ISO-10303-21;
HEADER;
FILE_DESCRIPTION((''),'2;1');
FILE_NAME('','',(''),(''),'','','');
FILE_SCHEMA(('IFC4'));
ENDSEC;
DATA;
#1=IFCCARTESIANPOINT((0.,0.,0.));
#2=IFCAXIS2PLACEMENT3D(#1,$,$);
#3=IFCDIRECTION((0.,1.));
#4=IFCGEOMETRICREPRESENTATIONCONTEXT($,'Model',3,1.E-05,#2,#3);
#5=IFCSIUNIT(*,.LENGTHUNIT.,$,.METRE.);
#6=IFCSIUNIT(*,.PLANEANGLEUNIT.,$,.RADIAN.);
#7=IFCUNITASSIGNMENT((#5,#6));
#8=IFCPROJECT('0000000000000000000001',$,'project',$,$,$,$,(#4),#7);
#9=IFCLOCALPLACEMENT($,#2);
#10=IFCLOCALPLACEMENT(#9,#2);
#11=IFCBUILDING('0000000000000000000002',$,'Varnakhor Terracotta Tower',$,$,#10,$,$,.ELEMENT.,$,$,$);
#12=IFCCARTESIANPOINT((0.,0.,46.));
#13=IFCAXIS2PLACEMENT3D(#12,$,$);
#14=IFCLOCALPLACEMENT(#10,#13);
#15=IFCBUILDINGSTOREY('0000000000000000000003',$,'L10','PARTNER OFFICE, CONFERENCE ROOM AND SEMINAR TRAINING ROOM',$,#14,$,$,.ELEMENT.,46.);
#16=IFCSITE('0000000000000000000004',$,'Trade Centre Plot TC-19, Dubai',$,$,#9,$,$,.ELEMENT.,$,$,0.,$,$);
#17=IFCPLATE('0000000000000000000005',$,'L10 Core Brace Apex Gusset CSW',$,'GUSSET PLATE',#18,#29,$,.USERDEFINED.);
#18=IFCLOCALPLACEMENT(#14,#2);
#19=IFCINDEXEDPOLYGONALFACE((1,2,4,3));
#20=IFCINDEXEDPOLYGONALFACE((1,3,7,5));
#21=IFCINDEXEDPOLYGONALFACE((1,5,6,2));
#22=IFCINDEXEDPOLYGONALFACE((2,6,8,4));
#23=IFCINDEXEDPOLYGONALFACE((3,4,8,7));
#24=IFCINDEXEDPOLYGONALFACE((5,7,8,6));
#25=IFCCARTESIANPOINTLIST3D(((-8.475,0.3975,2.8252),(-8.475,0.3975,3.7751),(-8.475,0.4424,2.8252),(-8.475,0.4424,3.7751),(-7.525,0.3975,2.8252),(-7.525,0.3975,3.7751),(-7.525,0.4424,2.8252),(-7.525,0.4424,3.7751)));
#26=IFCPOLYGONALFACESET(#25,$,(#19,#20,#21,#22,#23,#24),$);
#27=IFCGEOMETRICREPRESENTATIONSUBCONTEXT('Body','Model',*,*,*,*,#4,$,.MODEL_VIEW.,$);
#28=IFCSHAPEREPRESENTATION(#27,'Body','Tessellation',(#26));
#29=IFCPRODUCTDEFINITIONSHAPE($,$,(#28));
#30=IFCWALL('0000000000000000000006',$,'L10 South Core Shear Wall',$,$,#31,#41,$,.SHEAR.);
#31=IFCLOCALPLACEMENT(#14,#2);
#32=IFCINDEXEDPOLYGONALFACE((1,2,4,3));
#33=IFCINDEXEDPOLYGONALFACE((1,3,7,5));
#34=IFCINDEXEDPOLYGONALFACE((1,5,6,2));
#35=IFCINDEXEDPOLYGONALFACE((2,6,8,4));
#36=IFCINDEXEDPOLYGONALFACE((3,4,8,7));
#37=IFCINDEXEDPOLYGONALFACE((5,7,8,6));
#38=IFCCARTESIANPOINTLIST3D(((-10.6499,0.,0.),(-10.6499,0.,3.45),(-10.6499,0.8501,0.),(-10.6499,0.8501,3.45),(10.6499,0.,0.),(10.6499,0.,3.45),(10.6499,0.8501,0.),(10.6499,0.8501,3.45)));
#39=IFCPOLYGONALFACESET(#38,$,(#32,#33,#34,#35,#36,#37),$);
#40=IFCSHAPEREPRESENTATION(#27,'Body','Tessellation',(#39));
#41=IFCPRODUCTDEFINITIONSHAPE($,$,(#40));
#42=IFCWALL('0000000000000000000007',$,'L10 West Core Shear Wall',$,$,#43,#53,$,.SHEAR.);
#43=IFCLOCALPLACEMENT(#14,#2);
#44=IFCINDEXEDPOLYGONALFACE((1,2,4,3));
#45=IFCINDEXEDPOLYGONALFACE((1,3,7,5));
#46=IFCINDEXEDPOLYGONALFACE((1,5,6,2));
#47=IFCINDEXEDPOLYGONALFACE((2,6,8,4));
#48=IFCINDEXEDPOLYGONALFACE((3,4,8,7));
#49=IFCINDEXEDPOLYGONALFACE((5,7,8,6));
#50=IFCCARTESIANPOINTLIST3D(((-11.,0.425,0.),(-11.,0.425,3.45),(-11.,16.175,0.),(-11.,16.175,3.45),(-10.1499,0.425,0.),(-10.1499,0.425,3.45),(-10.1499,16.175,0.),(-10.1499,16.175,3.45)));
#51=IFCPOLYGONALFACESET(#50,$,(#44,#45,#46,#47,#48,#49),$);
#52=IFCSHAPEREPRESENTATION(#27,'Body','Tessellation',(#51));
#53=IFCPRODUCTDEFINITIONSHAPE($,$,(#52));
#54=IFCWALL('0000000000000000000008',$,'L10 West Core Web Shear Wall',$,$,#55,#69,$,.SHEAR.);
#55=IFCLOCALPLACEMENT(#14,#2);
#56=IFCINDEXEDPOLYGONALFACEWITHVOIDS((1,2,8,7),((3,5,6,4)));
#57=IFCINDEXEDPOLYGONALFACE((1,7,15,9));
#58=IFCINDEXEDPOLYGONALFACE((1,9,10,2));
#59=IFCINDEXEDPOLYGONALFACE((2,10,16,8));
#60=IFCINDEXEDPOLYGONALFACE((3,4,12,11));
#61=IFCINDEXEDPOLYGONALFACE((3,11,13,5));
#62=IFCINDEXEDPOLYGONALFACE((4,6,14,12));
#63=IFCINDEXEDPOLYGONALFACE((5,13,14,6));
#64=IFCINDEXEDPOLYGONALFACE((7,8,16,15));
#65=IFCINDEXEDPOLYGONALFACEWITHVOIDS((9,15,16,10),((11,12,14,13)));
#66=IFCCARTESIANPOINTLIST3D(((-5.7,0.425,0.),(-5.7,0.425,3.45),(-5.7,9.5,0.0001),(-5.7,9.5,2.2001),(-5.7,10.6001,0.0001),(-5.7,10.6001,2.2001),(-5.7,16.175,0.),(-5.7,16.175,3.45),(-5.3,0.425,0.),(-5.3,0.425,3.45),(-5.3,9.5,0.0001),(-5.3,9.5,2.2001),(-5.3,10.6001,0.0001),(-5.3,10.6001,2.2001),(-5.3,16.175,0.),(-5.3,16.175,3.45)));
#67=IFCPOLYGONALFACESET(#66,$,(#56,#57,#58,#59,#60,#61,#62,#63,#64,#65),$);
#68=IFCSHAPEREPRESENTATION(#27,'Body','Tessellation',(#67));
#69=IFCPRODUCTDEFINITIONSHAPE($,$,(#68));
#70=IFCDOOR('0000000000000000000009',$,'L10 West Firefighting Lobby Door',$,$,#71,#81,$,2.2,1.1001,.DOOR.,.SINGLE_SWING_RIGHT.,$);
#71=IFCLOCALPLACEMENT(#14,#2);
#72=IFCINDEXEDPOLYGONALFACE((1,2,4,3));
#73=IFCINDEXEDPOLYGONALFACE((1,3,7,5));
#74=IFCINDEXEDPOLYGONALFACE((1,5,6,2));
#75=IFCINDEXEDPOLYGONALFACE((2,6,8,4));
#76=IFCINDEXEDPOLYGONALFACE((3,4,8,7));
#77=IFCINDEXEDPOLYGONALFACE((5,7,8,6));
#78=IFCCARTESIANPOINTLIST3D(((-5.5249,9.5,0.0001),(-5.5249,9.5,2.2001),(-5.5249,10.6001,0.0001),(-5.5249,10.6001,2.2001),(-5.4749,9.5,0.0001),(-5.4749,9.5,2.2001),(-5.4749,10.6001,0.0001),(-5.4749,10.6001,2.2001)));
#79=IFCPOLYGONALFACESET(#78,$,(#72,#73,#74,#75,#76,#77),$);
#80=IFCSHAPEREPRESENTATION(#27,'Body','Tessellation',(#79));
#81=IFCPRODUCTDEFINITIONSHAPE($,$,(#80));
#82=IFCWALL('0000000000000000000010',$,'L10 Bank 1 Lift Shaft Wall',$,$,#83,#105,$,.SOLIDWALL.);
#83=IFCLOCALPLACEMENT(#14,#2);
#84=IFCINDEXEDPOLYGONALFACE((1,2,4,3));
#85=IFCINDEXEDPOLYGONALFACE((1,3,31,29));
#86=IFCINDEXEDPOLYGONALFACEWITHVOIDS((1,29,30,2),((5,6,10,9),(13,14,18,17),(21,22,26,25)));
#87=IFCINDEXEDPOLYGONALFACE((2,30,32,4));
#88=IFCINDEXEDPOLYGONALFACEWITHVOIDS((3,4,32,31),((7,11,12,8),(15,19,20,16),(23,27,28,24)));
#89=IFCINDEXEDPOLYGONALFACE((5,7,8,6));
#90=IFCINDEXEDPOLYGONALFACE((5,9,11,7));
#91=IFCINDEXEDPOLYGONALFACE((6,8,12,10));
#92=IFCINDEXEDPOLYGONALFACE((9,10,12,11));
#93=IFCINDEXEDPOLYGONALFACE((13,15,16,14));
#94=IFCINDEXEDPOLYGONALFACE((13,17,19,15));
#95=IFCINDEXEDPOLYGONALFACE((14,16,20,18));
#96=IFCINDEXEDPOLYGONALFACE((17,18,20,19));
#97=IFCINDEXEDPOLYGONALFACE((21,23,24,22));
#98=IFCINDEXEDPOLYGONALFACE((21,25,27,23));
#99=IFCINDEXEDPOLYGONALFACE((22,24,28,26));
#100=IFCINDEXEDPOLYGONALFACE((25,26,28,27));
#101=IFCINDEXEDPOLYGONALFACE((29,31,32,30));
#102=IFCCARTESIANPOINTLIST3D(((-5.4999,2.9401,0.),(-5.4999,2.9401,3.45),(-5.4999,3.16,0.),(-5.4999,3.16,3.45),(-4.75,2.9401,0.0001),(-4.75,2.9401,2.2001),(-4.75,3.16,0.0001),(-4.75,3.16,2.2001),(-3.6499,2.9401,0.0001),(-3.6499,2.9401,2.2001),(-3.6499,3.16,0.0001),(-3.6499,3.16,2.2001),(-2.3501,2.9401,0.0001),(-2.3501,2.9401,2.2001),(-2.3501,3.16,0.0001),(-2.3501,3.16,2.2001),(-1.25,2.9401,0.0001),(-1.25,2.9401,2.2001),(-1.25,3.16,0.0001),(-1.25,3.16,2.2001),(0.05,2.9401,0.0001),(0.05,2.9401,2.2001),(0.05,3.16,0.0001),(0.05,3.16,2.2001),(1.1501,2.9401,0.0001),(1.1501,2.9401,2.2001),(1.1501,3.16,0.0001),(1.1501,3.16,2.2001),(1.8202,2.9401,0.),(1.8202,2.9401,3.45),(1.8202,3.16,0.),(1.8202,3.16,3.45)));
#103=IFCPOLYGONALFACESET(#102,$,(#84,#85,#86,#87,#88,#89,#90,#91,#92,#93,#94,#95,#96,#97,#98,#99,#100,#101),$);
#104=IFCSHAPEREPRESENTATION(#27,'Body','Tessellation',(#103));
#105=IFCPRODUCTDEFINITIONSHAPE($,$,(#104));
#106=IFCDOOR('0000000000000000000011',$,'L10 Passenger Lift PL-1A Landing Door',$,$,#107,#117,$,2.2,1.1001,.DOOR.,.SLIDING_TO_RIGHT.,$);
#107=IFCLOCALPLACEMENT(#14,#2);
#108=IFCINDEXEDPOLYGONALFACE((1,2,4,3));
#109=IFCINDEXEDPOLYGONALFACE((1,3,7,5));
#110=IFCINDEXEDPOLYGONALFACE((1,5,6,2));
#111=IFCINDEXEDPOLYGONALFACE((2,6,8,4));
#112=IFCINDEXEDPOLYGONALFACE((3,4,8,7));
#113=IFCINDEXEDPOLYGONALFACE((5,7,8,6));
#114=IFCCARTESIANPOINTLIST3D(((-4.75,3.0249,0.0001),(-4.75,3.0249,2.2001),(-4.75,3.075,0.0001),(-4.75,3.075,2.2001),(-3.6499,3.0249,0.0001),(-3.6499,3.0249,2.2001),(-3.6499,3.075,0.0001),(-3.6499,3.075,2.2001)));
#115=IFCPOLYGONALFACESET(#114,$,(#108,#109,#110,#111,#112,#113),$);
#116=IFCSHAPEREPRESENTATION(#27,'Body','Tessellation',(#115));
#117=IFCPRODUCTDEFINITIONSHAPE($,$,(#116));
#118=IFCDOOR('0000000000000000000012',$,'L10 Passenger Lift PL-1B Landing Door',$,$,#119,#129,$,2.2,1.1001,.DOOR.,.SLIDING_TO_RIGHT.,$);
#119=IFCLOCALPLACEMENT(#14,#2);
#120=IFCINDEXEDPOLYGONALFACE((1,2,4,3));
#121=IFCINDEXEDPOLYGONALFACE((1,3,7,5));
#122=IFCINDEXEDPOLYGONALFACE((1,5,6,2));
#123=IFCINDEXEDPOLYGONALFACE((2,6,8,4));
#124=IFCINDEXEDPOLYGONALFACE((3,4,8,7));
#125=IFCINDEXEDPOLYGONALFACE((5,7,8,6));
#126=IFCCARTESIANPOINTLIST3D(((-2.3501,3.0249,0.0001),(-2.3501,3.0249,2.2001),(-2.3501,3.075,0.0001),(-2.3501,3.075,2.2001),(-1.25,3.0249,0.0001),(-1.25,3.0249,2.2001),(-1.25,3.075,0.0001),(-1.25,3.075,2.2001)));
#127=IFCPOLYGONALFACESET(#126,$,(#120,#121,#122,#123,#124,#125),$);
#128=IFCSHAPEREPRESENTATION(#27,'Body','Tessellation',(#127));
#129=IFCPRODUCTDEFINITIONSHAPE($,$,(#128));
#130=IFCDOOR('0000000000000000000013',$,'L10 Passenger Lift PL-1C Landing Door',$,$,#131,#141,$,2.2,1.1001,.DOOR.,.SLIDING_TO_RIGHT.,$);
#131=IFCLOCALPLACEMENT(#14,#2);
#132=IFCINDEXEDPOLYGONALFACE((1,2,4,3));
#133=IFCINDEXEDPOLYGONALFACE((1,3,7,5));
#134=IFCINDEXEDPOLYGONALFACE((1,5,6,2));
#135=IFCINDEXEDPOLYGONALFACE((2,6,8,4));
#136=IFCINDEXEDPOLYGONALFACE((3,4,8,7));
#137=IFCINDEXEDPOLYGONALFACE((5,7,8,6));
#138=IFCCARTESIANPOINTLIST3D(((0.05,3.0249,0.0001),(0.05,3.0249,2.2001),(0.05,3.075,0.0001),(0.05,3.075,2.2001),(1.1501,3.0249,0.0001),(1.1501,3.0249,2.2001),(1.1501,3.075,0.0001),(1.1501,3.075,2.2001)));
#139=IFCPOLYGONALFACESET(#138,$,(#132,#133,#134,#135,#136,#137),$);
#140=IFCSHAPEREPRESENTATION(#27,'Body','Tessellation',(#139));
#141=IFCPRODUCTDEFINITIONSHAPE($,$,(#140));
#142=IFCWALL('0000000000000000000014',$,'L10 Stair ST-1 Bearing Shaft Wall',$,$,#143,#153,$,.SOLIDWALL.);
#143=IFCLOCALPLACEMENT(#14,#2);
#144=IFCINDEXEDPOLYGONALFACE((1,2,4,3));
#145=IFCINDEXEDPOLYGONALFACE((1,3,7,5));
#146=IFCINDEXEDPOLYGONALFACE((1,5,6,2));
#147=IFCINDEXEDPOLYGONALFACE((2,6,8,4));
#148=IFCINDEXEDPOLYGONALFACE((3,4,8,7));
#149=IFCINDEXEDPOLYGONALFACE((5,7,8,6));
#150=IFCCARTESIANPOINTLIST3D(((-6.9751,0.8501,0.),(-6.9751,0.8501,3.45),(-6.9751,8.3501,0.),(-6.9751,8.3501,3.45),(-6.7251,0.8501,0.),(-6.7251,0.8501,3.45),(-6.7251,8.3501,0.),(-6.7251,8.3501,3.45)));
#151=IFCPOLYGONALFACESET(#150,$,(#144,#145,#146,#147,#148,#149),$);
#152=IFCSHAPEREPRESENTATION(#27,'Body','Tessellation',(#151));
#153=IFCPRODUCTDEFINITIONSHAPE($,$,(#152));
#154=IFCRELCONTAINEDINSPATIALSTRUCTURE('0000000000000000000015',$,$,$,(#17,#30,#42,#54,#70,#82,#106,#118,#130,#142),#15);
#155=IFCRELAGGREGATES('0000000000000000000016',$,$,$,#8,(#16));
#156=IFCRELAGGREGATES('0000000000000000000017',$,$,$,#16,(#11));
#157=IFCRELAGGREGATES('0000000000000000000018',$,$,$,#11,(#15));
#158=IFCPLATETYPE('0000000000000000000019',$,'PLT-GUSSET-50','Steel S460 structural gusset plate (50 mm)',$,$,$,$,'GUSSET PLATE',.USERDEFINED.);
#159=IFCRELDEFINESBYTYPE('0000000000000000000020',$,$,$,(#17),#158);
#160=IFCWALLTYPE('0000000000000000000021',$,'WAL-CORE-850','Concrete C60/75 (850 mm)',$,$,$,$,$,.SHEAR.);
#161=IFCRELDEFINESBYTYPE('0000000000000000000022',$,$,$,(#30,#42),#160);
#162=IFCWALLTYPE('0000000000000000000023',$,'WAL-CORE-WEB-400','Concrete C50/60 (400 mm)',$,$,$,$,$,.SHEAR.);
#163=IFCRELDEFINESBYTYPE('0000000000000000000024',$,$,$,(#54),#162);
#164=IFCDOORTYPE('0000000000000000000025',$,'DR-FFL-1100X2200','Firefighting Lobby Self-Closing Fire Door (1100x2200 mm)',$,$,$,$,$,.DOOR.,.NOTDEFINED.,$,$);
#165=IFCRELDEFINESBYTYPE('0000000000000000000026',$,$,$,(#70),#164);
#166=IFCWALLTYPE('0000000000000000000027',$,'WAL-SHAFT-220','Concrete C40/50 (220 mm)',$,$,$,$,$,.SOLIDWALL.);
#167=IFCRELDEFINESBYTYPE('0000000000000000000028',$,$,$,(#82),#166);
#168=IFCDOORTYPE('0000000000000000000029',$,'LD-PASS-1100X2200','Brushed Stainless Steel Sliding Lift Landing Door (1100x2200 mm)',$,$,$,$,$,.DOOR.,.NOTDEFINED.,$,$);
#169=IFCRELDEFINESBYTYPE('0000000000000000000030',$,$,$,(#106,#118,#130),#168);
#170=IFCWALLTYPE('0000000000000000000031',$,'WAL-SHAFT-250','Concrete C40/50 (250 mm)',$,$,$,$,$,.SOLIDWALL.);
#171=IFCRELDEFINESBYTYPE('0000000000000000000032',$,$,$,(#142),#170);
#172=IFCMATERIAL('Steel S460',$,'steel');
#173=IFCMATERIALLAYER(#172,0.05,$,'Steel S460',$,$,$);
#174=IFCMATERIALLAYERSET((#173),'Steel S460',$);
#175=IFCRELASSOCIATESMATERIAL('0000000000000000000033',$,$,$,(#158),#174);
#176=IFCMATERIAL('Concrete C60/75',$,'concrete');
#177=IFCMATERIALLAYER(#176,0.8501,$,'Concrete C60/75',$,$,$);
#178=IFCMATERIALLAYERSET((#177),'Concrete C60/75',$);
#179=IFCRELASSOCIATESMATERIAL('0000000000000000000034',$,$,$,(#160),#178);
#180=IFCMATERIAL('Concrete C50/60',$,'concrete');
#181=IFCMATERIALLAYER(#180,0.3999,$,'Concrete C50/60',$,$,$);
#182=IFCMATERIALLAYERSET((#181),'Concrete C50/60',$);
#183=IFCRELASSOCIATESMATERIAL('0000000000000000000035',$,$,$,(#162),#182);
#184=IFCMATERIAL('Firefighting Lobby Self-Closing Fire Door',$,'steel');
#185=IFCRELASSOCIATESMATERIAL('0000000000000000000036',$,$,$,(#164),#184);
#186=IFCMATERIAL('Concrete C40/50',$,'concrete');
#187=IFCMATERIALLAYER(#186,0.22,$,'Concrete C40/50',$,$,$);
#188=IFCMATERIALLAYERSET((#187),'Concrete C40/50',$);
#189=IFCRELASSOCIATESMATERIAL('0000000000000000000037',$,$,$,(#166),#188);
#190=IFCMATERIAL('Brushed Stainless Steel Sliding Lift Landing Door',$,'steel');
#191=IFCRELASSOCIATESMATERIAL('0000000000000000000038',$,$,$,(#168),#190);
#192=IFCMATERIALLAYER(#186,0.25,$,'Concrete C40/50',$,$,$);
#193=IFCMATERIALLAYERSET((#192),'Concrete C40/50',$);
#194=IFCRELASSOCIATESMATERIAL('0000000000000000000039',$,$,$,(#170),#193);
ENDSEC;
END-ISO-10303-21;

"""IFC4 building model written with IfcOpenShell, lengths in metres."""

from ifc_helpers import new_model, si_unit, direction, frame, frame_2d, origin, origin_2d, place, context, subcontext, project, spatial, rectangle, extrude, source, transform, mapped, material, layer, layer_set, type_object, type_shapes, element, fill, save


model = new_model("IFC4")

# Units and contexts
model_context = context("Model", 3, precision=1e-05, world=origin(), true_north=direction((0.0, 1.0)))
body_context = subcontext(model_context, "Body", "Model", "MODEL_VIEW")
ifc_project = project(units=[si_unit("LENGTHUNIT", "METRE"), si_unit("PLANEANGLEUNIT", "RADIAN")], contexts=[model_context])

# Site, building, storey
site_placement = place(None, origin())
site = spatial("IfcSite", under=ifc_project, at=site_placement, Name="Trade Centre Plot TC-19, Dubai", CompositionType="ELEMENT", RefElevation=0.0)
building_placement = place(site_placement, origin())
building = spatial("IfcBuilding", under=site, at=building_placement, Name="Varnakhor Terracotta Tower", CompositionType="ELEMENT")
storey_placement = place(building_placement, frame((0.0, 0.0, 46.0)))
storey = spatial("IfcBuildingStorey", under=building, at=storey_placement, Name="L10", Description="PARTNER OFFICE, CONFERENCE ROOM AND SEMINAR TRAINING ROOM", CompositionType="ELEMENT", Elevation=46.0)

# Shared definitions
ifc_material_1 = material(Name="Concrete C50/60", Category="concrete")

# Shared definitions
ifc_material_2 = material(Name="Steel S460", Category="steel")

# Plate
ifc_layer_1 = layer(ifc_material_2, 0.05, Name="Steel S460")
ifc_layer_set_1 = layer_set([ifc_layer_1], Name="Steel S460")
plate_type = type_object("IfcPlateType", Name="PLT-GUSSET-50", Description="Steel S460 structural gusset plate (50 mm)", ElementType="GUSSET PLATE", PredefinedType="USERDEFINED", material=ifc_layer_set_1)
shared_shape_1 = source(origin(), body_context, "Body", "SweptSolid", [
    extrude(rectangle(XDim=0.95, YDim=0.0449, at=origin_2d()), origin(), (0.0, 0.0, 1.0), 0.95),
])
plate_placement = place(storey_placement, frame((-8.0, 0.4199, 2.8252), z_axis=(0.0, 0.0, 1.0), x_axis=(1.0, 0.0, 0.0)))
element("IfcPlate", 1, at=plate_placement, inside=storey, type_object=plate_type, Name="L10 Core Brace Apex Gusset CSW", ObjectType="GUSSET PLATE", PredefinedType="USERDEFINED", context=body_context, shape_type="MappedRepresentation", body=[
    mapped(shared_shape_1, transform((0.0, 0.0, 0.0), scale=1.0)),
])

# Walls
ifc_material_3 = material(Name="Concrete C60/75", Category="concrete")
ifc_layer_2 = layer(ifc_material_3, 0.8501, Name="Concrete C60/75")
ifc_layer_set_2 = layer_set([ifc_layer_2], Name="Concrete C60/75")
wall_type_1 = type_object("IfcWallType", Name="WAL-CORE-850", Description="Concrete C60/75 (850 mm)", PredefinedType="SHEAR", material=ifc_layer_set_2)
wall_1_placement = place(storey_placement, frame((-10.6499, 0.425, 0.0), z_axis=(0.0, 0.0, 1.0), x_axis=(1.0, 0.0, 0.0)))
element("IfcWall", 2, at=wall_1_placement, inside=storey, type_object=wall_type_1, Name="L10 South Core Shear Wall", PredefinedType="SHEAR", context=body_context, shape_type="SweptSolid", body=[
    extrude(rectangle(XDim=21.2998, YDim=0.8501, at=frame_2d((10.6499, 0.0))), origin(), (0.0, 0.0, 1.0), 3.45),
])
wall_2_placement = place(storey_placement, frame((-10.575, 0.425, 0.0), z_axis=(0.0, 0.0, 1.0), x_axis=(0.0, 1.0, 0.0)))
element("IfcWall", 3, at=wall_2_placement, inside=storey, type_object=wall_type_1, Name="L10 West Core Shear Wall", PredefinedType="SHEAR", context=body_context, shape_type="SweptSolid", body=[
    extrude(rectangle(XDim=15.75, YDim=0.8501, at=frame_2d((7.875, 0.0))), origin(), (0.0, 0.0, 1.0), 3.45),
])

# Wall, opening, door
ifc_layer_3 = layer(ifc_material_1, 0.3999, Name="Concrete C50/60")
ifc_layer_set_3 = layer_set([ifc_layer_3], Name="Concrete C50/60")
wall_type_2 = type_object("IfcWallType", Name="WAL-CORE-WEB-400", Description="Concrete C50/60 (400 mm)", PredefinedType="SHEAR", material=ifc_layer_set_3)
wall_3_placement = place(storey_placement, frame((-5.5, 0.425, 0.0), z_axis=(0.0, 0.0, 1.0), x_axis=(0.0, 1.0, 0.0)))
wall_3 = element("IfcWall", 4, at=wall_3_placement, inside=storey, type_object=wall_type_2, Name="L10 West Core Web Shear Wall", PredefinedType="SHEAR", context=body_context, shape_type="SweptSolid", body=[
    extrude(rectangle(XDim=15.75, YDim=0.3999, at=frame_2d((7.875, 0.0))), origin(), (0.0, 0.0, 1.0), 3.45),
])
opening_1_placement = place(wall_3_placement, frame((9.075, 0.0, 0.0)))
opening_1 = element("IfcOpeningElement", 5, at=opening_1_placement, cuts=wall_3, PredefinedType="OPENING", context=body_context, shape_type="SweptSolid", body=[
    extrude(rectangle(XDim=1.1001, YDim=2.2, at=frame_2d((0.55, 1.1001))), frame((0.0, 0.21, 0.0), z_axis=(0.0, -1.0, 0.0), x_axis=(1.0, 0.0, 0.0)), (0.0, 0.0, 1.0), 0.4199),
])
ifc_material_4 = material(Name="Firefighting Lobby Self-Closing Fire Door", Category="steel")
door_type_1 = type_object("IfcDoorType", Name="DR-FFL-1100X2200", Description="Firefighting Lobby Self-Closing Fire Door (1100x2200 mm)", OperationType="NOTDEFINED", PredefinedType="DOOR", material=ifc_material_4)
shared_shape_2 = source(origin(), body_context, "Body", "SweptSolid", [
    extrude(rectangle(XDim=1.1001, YDim=2.2, at=frame_2d((0.55, 1.1001))), frame((0.0, 0.0249, 0.0), z_axis=(0.0, -1.0, 0.0), x_axis=(1.0, 0.0, 0.0)), (0.0, 0.0, 1.0), 0.05),
])
type_shapes(door_type_1, [shared_shape_2])
door_1_placement = place(opening_1_placement, origin())
door_1 = element("IfcDoor", 6, at=door_1_placement, inside=storey, type_object=door_type_1, Name="L10 West Firefighting Lobby Door", OperationType="SINGLE_SWING_RIGHT", OverallHeight=2.2, OverallWidth=1.1001, PredefinedType="DOOR", context=body_context, shape_type="MappedRepresentation", body=[
    mapped(shared_shape_2, transform((0.0, 0.0, 0.0), scale=1.0)),
])
fill(opening_1, door_1)

# Wall, openings, doors
ifc_material_5 = material(Name="Concrete C40/50", Category="concrete")
ifc_layer_4 = layer(ifc_material_5, 0.22, Name="Concrete C40/50")
ifc_layer_set_4 = layer_set([ifc_layer_4], Name="Concrete C40/50")
wall_type_3 = type_object("IfcWallType", Name="WAL-SHAFT-220", Description="Concrete C40/50 (220 mm)", PredefinedType="SOLIDWALL", material=ifc_layer_set_4)
wall_4_placement = place(storey_placement, frame((-5.5, 3.05, 0.0), z_axis=(0.0, 0.0, 1.0), x_axis=(1.0, 0.0, 0.0)))
wall_4 = element("IfcWall", 7, at=wall_4_placement, inside=storey, type_object=wall_type_3, Name="L10 Bank 1 Lift Shaft Wall", PredefinedType="SOLIDWALL", context=body_context, shape_type="SweptSolid", body=[
    extrude(rectangle(XDim=7.3201, YDim=0.22, at=frame_2d((3.6602, 0.0))), origin(), (0.0, 0.0, 1.0), 3.45),
])
opening_2_placement = place(wall_4_placement, frame((0.75, 0.0, 0.0)))
opening_2 = element("IfcOpeningElement", 8, at=opening_2_placement, cuts=wall_4, PredefinedType="OPENING", context=body_context, shape_type="SweptSolid", body=[
    extrude(rectangle(XDim=1.1001, YDim=2.2, at=frame_2d((0.55, 1.1001))), frame((0.0, 0.1201, 0.0), z_axis=(0.0, -1.0, 0.0), x_axis=(1.0, 0.0, 0.0)), (0.0, 0.0, 1.0), 0.24),
])
opening_3_placement = place(wall_4_placement, frame((3.1499, 0.0, 0.0)))
opening_3 = element("IfcOpeningElement", 9, at=opening_3_placement, cuts=wall_4, PredefinedType="OPENING", context=body_context, shape_type="SweptSolid", body=[
    extrude(rectangle(XDim=1.1001, YDim=2.2, at=frame_2d((0.55, 1.1001))), frame((0.0, 0.1201, 0.0), z_axis=(0.0, -1.0, 0.0), x_axis=(1.0, 0.0, 0.0)), (0.0, 0.0, 1.0), 0.24),
])
opening_4_placement = place(wall_4_placement, frame((5.55, 0.0, 0.0)))
opening_4 = element("IfcOpeningElement", 10, at=opening_4_placement, cuts=wall_4, PredefinedType="OPENING", context=body_context, shape_type="SweptSolid", body=[
    extrude(rectangle(XDim=1.1001, YDim=2.2, at=frame_2d((0.55, 1.1001))), frame((0.0, 0.1201, 0.0), z_axis=(0.0, -1.0, 0.0), x_axis=(1.0, 0.0, 0.0)), (0.0, 0.0, 1.0), 0.24),
])
ifc_material_6 = material(Name="Brushed Stainless Steel Sliding Lift Landing Door", Category="steel")
door_type_2 = type_object("IfcDoorType", Name="LD-PASS-1100X2200", Description="Brushed Stainless Steel Sliding Lift Landing Door (1100x2200 mm)", OperationType="NOTDEFINED", PredefinedType="DOOR", material=ifc_material_6)
shared_shape_3 = source(origin(), body_context, "Body", "SweptSolid", [
    extrude(rectangle(XDim=1.1001, YDim=2.2, at=frame_2d((0.55, 1.1001))), frame((0.0, 0.0249, 0.0), z_axis=(0.0, -1.0, 0.0), x_axis=(1.0, 0.0, 0.0)), (0.0, 0.0, 1.0), 0.05),
])
type_shapes(door_type_2, [shared_shape_3])
door_2_placement = place(opening_2_placement, origin())
door_2 = element("IfcDoor", 11, at=door_2_placement, inside=storey, type_object=door_type_2, Name="L10 Passenger Lift PL-1A Landing Door", OperationType="SLIDING_TO_RIGHT", OverallHeight=2.2, OverallWidth=1.1001, PredefinedType="DOOR", context=body_context, shape_type="MappedRepresentation", body=[
    mapped(shared_shape_3, transform((0.0, 0.0, 0.0), scale=1.0)),
])
fill(opening_2, door_2)
door_3_placement = place(opening_3_placement, origin())
door_3 = element("IfcDoor", 12, at=door_3_placement, inside=storey, type_object=door_type_2, Name="L10 Passenger Lift PL-1B Landing Door", OperationType="SLIDING_TO_RIGHT", OverallHeight=2.2, OverallWidth=1.1001, PredefinedType="DOOR", context=body_context, shape_type="MappedRepresentation", body=[
    mapped(shared_shape_3, transform((0.0, 0.0, 0.0), scale=1.0)),
])
fill(opening_3, door_3)
door_4_placement = place(opening_4_placement, origin())
door_4 = element("IfcDoor", 13, at=door_4_placement, inside=storey, type_object=door_type_2, Name="L10 Passenger Lift PL-1C Landing Door", OperationType="SLIDING_TO_RIGHT", OverallHeight=2.2, OverallWidth=1.1001, PredefinedType="DOOR", context=body_context, shape_type="MappedRepresentation", body=[
    mapped(shared_shape_3, transform((0.0, 0.0, 0.0), scale=1.0)),
])
fill(opening_4, door_4)

# Wall
ifc_layer_5 = layer(ifc_material_5, 0.25, Name="Concrete C40/50")
ifc_layer_set_5 = layer_set([ifc_layer_5], Name="Concrete C40/50")
wall_type_4 = type_object("IfcWallType", Name="WAL-SHAFT-250", Description="Concrete C40/50 (250 mm)", PredefinedType="SOLIDWALL", material=ifc_layer_set_5)
wall_5_placement = place(storey_placement, frame((-6.8501, 0.8501, 0.0), z_axis=(0.0, 0.0, 1.0), x_axis=(0.0, 1.0, 0.0)))
element("IfcWall", 14, at=wall_5_placement, inside=storey, type_object=wall_type_4, Name="L10 Stair ST-1 Bearing Shaft Wall", PredefinedType="SOLIDWALL", context=body_context, shape_type="SweptSolid", body=[
    extrude(rectangle(XDim=7.5, YDim=0.25, at=frame_2d((3.75, 0.0))), origin(), (0.0, 0.0, 1.0), 3.45),
])

save(model, "model.ifc")
